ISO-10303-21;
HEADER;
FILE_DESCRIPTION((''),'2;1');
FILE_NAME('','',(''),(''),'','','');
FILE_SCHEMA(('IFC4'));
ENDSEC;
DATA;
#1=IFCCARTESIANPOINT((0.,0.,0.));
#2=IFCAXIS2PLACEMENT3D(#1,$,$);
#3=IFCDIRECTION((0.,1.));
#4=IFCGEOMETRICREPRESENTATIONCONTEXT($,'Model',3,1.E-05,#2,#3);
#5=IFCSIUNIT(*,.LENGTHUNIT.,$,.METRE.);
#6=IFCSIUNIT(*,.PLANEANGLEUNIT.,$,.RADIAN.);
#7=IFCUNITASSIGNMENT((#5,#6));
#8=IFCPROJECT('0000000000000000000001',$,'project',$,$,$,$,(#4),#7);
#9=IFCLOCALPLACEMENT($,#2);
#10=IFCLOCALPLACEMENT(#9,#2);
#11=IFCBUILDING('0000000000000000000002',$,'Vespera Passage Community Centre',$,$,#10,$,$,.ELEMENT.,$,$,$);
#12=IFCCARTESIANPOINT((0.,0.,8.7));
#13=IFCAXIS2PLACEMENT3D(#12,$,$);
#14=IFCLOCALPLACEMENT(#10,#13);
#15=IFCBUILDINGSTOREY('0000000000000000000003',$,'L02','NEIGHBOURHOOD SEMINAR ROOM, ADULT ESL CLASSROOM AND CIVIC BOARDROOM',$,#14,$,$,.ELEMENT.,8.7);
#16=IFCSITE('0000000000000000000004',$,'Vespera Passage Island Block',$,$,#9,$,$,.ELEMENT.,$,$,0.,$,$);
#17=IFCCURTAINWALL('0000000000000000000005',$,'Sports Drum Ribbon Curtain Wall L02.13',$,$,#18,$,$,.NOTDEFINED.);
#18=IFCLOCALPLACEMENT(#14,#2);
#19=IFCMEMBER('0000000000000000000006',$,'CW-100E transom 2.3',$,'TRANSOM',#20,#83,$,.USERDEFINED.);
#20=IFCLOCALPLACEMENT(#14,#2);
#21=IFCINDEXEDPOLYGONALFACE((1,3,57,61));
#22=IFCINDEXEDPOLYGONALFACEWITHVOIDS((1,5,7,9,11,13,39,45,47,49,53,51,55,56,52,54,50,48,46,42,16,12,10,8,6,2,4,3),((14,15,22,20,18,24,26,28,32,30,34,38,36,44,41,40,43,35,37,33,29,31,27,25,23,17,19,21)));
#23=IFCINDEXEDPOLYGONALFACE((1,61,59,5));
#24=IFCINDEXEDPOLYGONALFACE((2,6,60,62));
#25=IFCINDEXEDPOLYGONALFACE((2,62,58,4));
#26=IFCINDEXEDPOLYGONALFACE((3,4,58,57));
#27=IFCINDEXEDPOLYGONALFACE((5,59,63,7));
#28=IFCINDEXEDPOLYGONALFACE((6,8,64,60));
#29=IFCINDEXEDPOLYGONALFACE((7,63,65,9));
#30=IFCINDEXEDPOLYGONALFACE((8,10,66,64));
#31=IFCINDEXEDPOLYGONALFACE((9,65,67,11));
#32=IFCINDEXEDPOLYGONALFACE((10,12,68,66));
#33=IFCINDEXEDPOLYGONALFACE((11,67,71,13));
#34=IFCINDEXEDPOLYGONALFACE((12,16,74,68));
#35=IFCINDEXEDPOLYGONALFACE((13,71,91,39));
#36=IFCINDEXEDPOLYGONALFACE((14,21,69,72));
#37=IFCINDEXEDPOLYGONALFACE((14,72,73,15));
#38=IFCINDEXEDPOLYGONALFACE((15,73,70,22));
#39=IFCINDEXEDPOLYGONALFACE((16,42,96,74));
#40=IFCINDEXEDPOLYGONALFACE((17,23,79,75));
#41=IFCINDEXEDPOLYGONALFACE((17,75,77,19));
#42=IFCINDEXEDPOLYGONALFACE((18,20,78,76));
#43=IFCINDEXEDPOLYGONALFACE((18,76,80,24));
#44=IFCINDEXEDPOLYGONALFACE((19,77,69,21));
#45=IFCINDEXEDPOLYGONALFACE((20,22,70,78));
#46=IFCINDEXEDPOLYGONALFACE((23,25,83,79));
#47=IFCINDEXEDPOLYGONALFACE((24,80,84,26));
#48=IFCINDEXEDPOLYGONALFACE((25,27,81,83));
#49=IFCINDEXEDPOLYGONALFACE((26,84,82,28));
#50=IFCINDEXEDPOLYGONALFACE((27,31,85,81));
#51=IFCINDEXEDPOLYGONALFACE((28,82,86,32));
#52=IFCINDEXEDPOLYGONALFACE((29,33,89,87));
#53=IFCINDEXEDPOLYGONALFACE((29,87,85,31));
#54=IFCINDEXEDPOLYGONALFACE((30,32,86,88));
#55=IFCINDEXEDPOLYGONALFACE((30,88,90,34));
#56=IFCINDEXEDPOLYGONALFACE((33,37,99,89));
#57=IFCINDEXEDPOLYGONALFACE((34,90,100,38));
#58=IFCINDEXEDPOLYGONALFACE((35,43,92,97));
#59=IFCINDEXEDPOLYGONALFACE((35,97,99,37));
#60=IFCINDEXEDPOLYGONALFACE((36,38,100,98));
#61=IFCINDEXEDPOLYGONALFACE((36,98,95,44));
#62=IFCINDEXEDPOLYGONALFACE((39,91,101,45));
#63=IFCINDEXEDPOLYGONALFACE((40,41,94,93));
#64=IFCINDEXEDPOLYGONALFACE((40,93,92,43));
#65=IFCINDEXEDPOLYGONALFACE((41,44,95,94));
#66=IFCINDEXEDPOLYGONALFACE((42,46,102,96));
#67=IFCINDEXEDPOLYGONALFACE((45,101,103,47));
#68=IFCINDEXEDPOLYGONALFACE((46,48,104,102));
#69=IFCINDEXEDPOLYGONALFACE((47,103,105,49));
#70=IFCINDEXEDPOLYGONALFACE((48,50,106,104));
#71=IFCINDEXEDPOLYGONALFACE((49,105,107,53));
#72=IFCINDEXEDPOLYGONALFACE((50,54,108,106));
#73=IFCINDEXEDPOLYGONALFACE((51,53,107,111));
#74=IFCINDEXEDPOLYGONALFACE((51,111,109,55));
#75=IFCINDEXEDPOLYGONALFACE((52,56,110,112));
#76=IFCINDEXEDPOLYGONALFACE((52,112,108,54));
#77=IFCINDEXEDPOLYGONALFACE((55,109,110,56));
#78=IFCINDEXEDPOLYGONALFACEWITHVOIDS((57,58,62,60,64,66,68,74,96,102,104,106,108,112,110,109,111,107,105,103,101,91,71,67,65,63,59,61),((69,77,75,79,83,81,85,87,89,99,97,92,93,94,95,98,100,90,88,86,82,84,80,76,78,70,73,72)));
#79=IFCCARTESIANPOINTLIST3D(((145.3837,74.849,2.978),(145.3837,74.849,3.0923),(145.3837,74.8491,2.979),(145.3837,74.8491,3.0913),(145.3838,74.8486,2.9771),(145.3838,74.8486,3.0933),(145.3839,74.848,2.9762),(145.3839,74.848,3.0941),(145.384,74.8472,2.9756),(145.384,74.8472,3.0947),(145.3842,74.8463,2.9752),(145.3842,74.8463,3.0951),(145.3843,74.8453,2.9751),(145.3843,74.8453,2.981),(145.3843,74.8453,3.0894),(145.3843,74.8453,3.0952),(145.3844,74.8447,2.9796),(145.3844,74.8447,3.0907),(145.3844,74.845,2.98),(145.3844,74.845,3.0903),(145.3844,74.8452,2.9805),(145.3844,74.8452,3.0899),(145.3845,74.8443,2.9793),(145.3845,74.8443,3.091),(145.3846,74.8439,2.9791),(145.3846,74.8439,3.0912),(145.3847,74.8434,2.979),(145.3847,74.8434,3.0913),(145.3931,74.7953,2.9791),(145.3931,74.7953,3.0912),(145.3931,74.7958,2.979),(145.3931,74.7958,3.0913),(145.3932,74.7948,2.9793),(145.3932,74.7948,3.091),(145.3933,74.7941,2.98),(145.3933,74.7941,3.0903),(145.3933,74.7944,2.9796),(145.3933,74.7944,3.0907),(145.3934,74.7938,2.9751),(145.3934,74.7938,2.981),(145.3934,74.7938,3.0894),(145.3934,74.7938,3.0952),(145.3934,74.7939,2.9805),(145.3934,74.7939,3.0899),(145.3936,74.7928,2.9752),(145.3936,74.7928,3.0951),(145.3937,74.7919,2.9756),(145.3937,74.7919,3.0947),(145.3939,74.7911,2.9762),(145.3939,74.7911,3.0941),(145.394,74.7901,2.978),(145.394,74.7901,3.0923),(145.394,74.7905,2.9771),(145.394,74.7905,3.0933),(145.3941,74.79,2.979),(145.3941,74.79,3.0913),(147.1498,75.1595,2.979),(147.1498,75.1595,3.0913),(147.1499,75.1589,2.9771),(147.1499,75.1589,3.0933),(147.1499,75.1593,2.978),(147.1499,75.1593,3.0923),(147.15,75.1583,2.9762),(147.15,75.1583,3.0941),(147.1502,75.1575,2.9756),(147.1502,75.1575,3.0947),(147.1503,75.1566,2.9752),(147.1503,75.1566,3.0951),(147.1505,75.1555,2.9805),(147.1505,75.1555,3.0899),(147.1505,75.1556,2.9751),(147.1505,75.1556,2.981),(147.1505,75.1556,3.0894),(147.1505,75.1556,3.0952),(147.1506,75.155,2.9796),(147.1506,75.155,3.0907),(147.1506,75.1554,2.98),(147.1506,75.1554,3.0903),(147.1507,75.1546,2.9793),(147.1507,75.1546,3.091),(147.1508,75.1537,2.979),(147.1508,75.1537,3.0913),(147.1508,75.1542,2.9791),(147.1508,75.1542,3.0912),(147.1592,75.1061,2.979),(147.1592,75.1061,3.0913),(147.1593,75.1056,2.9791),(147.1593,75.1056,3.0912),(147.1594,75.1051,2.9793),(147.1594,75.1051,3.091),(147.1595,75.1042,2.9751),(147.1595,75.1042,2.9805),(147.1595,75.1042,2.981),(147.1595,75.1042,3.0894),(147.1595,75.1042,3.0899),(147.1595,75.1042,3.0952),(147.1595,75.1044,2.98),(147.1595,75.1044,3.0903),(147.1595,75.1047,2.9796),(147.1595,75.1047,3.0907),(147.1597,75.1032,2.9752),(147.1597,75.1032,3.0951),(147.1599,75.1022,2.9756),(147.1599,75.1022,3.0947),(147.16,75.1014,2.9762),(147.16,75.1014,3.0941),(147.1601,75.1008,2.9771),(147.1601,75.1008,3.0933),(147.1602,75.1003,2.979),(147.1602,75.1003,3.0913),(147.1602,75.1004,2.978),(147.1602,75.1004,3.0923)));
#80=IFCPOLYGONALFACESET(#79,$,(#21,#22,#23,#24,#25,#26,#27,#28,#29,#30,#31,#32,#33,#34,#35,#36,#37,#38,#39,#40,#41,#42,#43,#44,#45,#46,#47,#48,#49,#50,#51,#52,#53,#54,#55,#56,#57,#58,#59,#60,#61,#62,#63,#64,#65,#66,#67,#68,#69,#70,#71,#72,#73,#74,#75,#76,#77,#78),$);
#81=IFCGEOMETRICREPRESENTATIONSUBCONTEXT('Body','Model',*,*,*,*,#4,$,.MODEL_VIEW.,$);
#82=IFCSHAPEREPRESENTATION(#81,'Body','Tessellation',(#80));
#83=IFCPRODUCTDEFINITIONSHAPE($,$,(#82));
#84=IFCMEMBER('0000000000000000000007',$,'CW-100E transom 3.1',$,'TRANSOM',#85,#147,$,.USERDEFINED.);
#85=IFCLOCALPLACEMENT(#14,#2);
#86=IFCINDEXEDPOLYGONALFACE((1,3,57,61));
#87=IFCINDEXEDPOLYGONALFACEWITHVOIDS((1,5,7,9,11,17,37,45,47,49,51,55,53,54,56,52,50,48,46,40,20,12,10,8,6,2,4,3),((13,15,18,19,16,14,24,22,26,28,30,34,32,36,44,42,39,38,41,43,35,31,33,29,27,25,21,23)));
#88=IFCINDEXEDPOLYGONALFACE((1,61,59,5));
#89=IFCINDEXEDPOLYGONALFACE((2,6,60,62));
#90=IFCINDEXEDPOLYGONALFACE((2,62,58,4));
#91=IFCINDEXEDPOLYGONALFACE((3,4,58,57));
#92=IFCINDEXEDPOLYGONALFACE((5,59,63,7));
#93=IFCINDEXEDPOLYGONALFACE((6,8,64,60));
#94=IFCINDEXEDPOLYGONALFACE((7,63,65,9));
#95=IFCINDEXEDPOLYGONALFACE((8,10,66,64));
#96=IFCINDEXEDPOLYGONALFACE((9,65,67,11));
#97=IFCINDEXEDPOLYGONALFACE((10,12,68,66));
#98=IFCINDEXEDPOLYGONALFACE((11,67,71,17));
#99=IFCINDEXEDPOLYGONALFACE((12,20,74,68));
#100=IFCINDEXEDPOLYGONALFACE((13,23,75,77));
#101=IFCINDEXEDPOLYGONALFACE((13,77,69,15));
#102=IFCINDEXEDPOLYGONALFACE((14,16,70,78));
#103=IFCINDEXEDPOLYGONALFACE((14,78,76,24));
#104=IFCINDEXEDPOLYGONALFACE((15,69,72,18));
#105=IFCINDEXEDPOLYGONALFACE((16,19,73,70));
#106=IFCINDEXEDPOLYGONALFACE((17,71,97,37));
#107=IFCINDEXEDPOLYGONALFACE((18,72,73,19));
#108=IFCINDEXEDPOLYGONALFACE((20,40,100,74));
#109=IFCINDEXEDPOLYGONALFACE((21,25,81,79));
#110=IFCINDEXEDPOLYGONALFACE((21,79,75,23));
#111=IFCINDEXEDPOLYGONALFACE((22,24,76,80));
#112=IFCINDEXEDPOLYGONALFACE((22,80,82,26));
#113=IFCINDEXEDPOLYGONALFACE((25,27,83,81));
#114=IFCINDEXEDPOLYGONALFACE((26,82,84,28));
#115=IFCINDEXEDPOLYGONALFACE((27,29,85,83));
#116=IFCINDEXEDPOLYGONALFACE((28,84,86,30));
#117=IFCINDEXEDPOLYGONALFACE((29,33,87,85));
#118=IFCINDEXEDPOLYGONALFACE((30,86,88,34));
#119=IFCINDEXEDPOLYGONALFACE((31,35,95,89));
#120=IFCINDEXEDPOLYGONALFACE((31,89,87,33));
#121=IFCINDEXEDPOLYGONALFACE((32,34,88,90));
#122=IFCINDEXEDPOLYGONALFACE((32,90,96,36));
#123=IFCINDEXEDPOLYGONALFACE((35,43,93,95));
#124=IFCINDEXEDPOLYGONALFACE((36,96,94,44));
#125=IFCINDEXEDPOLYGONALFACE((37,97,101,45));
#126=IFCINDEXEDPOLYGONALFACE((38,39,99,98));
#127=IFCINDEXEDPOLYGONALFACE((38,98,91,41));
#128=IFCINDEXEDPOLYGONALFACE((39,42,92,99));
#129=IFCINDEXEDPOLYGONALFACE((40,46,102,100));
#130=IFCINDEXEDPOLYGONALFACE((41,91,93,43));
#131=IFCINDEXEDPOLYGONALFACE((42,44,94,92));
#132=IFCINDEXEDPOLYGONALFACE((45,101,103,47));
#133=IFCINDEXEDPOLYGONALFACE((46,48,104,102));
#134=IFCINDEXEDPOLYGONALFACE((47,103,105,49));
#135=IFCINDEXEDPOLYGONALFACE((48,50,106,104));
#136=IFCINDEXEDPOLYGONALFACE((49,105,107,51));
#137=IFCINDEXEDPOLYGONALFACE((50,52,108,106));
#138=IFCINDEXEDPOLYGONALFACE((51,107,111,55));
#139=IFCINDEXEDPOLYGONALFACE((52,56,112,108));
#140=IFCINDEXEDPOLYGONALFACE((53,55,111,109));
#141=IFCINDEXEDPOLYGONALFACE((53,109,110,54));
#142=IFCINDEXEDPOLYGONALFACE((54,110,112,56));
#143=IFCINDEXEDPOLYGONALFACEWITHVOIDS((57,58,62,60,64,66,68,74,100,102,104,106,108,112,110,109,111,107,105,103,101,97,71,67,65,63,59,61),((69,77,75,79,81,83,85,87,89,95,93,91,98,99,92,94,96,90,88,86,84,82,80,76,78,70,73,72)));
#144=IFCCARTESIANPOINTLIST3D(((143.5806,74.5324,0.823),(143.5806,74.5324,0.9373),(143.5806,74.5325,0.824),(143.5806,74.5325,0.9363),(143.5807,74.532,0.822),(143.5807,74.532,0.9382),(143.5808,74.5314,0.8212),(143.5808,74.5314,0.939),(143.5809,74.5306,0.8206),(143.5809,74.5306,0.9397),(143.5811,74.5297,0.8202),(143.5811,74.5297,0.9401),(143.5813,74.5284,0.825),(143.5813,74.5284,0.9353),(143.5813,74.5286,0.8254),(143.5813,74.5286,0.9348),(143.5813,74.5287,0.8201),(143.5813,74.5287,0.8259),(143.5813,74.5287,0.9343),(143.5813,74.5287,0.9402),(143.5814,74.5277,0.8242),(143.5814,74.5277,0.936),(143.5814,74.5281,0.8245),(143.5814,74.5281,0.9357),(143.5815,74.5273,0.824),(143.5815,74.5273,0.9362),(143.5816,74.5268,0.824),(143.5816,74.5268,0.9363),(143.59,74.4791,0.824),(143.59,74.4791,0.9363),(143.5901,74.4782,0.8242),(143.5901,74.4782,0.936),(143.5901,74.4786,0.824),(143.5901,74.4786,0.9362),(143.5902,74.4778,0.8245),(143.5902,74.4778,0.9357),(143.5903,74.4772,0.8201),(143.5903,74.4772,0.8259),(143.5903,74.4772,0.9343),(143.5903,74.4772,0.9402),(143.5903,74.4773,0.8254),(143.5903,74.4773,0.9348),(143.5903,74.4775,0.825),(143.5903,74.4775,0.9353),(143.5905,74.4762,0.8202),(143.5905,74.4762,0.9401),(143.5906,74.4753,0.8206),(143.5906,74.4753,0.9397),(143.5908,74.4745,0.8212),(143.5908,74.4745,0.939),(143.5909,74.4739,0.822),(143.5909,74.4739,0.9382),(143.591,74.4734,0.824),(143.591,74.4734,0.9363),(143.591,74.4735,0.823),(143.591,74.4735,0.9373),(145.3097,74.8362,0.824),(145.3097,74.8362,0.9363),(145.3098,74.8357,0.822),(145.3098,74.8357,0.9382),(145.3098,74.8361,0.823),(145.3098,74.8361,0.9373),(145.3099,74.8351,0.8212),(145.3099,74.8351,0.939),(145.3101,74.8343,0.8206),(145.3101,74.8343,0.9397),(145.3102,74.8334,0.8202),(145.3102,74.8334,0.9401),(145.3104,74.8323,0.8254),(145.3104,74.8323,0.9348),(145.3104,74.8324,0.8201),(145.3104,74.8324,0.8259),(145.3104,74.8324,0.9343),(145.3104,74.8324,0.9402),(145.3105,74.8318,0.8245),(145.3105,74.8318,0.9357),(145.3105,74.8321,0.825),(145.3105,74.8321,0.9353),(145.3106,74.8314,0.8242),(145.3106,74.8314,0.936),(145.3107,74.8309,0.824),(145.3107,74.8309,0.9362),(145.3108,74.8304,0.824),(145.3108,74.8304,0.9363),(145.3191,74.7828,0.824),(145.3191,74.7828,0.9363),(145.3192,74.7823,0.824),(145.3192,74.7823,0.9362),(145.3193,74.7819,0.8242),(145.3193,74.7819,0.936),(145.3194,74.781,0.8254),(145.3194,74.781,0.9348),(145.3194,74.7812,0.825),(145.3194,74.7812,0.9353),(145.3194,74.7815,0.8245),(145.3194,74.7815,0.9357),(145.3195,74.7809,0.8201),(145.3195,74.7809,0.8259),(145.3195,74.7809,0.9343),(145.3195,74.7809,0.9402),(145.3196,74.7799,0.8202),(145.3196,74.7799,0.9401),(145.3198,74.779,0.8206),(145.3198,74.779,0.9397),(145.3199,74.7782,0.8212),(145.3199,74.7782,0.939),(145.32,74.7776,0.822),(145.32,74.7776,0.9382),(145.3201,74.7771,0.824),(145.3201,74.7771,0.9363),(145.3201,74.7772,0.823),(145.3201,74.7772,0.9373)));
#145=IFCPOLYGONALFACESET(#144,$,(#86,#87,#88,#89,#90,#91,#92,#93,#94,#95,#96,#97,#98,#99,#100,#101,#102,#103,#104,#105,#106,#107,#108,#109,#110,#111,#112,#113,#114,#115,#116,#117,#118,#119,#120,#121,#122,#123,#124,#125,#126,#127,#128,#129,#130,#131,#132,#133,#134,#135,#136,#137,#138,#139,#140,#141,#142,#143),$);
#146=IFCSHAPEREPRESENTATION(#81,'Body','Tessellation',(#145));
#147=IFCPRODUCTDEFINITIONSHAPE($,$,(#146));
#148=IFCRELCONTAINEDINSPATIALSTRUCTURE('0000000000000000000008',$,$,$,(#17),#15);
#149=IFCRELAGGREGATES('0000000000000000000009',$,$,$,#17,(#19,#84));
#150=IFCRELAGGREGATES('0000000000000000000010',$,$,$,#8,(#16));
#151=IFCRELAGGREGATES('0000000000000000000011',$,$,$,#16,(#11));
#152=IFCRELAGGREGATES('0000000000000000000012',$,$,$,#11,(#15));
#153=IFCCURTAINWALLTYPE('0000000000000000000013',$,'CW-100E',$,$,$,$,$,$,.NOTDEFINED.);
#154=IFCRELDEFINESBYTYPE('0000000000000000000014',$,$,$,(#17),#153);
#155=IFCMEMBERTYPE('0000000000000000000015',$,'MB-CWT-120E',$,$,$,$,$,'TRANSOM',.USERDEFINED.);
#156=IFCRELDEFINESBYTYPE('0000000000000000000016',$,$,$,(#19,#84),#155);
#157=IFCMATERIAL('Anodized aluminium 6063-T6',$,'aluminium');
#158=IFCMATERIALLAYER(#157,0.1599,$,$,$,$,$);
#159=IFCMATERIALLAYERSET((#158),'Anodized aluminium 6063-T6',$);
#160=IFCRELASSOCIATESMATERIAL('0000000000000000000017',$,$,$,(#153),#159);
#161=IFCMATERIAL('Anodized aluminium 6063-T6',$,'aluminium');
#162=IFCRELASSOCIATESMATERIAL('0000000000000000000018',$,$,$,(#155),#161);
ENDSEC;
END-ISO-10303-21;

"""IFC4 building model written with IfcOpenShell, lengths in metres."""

from ifc_helpers import new_model, si_unit, direction, frame, origin, origin_2d, place, context, subcontext, project, spatial, hollow_rectangle, extrude, material, layer, layer_set, material_profile, profile_set, type_object, element, aggregate, save


model = new_model("IFC4")

# Units and contexts
model_context = context("Model", 3, precision=1e-05, world=origin(), true_north=direction((0.0, 1.0)))
body_context = subcontext(model_context, "Body", "Model", "MODEL_VIEW")
ifc_project = project(units=[si_unit("LENGTHUNIT", "METRE"), si_unit("PLANEANGLEUNIT", "RADIAN")], contexts=[model_context])

# Site, building, storey
site_placement = place(None, origin())
site = spatial("IfcSite", under=ifc_project, at=site_placement, Name="Vespera Passage Island Block", CompositionType="ELEMENT", RefElevation=0.0)
building_placement = place(site_placement, origin())
building = spatial("IfcBuilding", under=site, at=building_placement, Name="Vespera Passage Community Centre", CompositionType="ELEMENT")
storey_placement = place(building_placement, frame((0.0, 0.0, 8.7)))
storey = spatial("IfcBuildingStorey", under=building, at=storey_placement, Name="L02", Description="NEIGHBOURHOOD SEMINAR ROOM, ADULT ESL CLASSROOM AND CIVIC BOARDROOM", CompositionType="ELEMENT", Elevation=8.7)

# Curtain wall
ifc_material_1 = material(Name="Anodized aluminium 6063-T6", Category="aluminium")
ifc_layer_1 = layer(ifc_material_1, 0.1599)
ifc_layer_set_1 = layer_set([ifc_layer_1], Name="Anodized aluminium 6063-T6")
curtain_wall_type_1 = type_object("IfcCurtainWallType", Name="CW-100E", PredefinedType="NOTDEFINED", material=ifc_layer_set_1)
curtain_wall_1_placement = place(storey_placement, origin())
curtain_wall_1 = element("IfcCurtainWall", 1, at=curtain_wall_1_placement, inside=storey, type_object=curtain_wall_type_1, Name="Sports Drum Ribbon Curtain Wall L02.13", PredefinedType="NOTDEFINED")

# Members
ifc_material_2 = material(Name="Anodized aluminium 6063-T6", Category="aluminium")
ifc_material_profile_1 = material_profile(ifc_material_2, hollow_rectangle(XDim=0.0601, YDim=0.1201, WallThickness=0.0039, InnerFilletRadius=0.002, OuterFilletRadius=0.0039, at=origin_2d()), Name="ALU120X60X4")
ifc_profile_set_1 = profile_set([ifc_material_profile_1], Name="Anodized aluminium 6063-T6")
member_type_1 = type_object("IfcMemberType", Name="MB-CWT-120E", ElementType="TRANSOM", PredefinedType="USERDEFINED", material=ifc_profile_set_1)
member_1_placement = place(storey_placement, frame((147.155, 75.1299, 3.0352), z_axis=(-0.984913, -0.173047, 0.0), x_axis=(0.173047, -0.984913, 0.0)))
member_1 = element("IfcMember", 2, at=member_1_placement, type_object=member_type_1, Name="CW-100E transom 2.3", ObjectType="TRANSOM", PredefinedType="USERDEFINED", context=body_context, shape_type="SweptSolid", body=[
    extrude(hollow_rectangle(XDim=0.0601, YDim=0.1201, WallThickness=0.0039, InnerFilletRadius=0.002, OuterFilletRadius=0.0039, at=origin_2d()), origin(), (0.0, 0.0, 1.0), 1.7932),
])
member_2_placement = place(storey_placement, frame((145.3149, 74.8066, 0.8801), z_axis=(-0.984925, -0.172984, 0.0), x_axis=(0.172984, -0.984925, 0.0)))
member_2 = element("IfcMember", 3, at=member_2_placement, type_object=member_type_1, Name="CW-100E transom 3.1", ObjectType="TRANSOM", PredefinedType="USERDEFINED", context=body_context, shape_type="SweptSolid", body=[
    extrude(hollow_rectangle(XDim=0.0601, YDim=0.1201, WallThickness=0.0039, InnerFilletRadius=0.002, OuterFilletRadius=0.0039, at=origin_2d()), origin(), (0.0, 0.0, 1.0), 1.7556),
])

aggregate(curtain_wall_1, [member_1, member_2])

save(model, "model.ifc")
